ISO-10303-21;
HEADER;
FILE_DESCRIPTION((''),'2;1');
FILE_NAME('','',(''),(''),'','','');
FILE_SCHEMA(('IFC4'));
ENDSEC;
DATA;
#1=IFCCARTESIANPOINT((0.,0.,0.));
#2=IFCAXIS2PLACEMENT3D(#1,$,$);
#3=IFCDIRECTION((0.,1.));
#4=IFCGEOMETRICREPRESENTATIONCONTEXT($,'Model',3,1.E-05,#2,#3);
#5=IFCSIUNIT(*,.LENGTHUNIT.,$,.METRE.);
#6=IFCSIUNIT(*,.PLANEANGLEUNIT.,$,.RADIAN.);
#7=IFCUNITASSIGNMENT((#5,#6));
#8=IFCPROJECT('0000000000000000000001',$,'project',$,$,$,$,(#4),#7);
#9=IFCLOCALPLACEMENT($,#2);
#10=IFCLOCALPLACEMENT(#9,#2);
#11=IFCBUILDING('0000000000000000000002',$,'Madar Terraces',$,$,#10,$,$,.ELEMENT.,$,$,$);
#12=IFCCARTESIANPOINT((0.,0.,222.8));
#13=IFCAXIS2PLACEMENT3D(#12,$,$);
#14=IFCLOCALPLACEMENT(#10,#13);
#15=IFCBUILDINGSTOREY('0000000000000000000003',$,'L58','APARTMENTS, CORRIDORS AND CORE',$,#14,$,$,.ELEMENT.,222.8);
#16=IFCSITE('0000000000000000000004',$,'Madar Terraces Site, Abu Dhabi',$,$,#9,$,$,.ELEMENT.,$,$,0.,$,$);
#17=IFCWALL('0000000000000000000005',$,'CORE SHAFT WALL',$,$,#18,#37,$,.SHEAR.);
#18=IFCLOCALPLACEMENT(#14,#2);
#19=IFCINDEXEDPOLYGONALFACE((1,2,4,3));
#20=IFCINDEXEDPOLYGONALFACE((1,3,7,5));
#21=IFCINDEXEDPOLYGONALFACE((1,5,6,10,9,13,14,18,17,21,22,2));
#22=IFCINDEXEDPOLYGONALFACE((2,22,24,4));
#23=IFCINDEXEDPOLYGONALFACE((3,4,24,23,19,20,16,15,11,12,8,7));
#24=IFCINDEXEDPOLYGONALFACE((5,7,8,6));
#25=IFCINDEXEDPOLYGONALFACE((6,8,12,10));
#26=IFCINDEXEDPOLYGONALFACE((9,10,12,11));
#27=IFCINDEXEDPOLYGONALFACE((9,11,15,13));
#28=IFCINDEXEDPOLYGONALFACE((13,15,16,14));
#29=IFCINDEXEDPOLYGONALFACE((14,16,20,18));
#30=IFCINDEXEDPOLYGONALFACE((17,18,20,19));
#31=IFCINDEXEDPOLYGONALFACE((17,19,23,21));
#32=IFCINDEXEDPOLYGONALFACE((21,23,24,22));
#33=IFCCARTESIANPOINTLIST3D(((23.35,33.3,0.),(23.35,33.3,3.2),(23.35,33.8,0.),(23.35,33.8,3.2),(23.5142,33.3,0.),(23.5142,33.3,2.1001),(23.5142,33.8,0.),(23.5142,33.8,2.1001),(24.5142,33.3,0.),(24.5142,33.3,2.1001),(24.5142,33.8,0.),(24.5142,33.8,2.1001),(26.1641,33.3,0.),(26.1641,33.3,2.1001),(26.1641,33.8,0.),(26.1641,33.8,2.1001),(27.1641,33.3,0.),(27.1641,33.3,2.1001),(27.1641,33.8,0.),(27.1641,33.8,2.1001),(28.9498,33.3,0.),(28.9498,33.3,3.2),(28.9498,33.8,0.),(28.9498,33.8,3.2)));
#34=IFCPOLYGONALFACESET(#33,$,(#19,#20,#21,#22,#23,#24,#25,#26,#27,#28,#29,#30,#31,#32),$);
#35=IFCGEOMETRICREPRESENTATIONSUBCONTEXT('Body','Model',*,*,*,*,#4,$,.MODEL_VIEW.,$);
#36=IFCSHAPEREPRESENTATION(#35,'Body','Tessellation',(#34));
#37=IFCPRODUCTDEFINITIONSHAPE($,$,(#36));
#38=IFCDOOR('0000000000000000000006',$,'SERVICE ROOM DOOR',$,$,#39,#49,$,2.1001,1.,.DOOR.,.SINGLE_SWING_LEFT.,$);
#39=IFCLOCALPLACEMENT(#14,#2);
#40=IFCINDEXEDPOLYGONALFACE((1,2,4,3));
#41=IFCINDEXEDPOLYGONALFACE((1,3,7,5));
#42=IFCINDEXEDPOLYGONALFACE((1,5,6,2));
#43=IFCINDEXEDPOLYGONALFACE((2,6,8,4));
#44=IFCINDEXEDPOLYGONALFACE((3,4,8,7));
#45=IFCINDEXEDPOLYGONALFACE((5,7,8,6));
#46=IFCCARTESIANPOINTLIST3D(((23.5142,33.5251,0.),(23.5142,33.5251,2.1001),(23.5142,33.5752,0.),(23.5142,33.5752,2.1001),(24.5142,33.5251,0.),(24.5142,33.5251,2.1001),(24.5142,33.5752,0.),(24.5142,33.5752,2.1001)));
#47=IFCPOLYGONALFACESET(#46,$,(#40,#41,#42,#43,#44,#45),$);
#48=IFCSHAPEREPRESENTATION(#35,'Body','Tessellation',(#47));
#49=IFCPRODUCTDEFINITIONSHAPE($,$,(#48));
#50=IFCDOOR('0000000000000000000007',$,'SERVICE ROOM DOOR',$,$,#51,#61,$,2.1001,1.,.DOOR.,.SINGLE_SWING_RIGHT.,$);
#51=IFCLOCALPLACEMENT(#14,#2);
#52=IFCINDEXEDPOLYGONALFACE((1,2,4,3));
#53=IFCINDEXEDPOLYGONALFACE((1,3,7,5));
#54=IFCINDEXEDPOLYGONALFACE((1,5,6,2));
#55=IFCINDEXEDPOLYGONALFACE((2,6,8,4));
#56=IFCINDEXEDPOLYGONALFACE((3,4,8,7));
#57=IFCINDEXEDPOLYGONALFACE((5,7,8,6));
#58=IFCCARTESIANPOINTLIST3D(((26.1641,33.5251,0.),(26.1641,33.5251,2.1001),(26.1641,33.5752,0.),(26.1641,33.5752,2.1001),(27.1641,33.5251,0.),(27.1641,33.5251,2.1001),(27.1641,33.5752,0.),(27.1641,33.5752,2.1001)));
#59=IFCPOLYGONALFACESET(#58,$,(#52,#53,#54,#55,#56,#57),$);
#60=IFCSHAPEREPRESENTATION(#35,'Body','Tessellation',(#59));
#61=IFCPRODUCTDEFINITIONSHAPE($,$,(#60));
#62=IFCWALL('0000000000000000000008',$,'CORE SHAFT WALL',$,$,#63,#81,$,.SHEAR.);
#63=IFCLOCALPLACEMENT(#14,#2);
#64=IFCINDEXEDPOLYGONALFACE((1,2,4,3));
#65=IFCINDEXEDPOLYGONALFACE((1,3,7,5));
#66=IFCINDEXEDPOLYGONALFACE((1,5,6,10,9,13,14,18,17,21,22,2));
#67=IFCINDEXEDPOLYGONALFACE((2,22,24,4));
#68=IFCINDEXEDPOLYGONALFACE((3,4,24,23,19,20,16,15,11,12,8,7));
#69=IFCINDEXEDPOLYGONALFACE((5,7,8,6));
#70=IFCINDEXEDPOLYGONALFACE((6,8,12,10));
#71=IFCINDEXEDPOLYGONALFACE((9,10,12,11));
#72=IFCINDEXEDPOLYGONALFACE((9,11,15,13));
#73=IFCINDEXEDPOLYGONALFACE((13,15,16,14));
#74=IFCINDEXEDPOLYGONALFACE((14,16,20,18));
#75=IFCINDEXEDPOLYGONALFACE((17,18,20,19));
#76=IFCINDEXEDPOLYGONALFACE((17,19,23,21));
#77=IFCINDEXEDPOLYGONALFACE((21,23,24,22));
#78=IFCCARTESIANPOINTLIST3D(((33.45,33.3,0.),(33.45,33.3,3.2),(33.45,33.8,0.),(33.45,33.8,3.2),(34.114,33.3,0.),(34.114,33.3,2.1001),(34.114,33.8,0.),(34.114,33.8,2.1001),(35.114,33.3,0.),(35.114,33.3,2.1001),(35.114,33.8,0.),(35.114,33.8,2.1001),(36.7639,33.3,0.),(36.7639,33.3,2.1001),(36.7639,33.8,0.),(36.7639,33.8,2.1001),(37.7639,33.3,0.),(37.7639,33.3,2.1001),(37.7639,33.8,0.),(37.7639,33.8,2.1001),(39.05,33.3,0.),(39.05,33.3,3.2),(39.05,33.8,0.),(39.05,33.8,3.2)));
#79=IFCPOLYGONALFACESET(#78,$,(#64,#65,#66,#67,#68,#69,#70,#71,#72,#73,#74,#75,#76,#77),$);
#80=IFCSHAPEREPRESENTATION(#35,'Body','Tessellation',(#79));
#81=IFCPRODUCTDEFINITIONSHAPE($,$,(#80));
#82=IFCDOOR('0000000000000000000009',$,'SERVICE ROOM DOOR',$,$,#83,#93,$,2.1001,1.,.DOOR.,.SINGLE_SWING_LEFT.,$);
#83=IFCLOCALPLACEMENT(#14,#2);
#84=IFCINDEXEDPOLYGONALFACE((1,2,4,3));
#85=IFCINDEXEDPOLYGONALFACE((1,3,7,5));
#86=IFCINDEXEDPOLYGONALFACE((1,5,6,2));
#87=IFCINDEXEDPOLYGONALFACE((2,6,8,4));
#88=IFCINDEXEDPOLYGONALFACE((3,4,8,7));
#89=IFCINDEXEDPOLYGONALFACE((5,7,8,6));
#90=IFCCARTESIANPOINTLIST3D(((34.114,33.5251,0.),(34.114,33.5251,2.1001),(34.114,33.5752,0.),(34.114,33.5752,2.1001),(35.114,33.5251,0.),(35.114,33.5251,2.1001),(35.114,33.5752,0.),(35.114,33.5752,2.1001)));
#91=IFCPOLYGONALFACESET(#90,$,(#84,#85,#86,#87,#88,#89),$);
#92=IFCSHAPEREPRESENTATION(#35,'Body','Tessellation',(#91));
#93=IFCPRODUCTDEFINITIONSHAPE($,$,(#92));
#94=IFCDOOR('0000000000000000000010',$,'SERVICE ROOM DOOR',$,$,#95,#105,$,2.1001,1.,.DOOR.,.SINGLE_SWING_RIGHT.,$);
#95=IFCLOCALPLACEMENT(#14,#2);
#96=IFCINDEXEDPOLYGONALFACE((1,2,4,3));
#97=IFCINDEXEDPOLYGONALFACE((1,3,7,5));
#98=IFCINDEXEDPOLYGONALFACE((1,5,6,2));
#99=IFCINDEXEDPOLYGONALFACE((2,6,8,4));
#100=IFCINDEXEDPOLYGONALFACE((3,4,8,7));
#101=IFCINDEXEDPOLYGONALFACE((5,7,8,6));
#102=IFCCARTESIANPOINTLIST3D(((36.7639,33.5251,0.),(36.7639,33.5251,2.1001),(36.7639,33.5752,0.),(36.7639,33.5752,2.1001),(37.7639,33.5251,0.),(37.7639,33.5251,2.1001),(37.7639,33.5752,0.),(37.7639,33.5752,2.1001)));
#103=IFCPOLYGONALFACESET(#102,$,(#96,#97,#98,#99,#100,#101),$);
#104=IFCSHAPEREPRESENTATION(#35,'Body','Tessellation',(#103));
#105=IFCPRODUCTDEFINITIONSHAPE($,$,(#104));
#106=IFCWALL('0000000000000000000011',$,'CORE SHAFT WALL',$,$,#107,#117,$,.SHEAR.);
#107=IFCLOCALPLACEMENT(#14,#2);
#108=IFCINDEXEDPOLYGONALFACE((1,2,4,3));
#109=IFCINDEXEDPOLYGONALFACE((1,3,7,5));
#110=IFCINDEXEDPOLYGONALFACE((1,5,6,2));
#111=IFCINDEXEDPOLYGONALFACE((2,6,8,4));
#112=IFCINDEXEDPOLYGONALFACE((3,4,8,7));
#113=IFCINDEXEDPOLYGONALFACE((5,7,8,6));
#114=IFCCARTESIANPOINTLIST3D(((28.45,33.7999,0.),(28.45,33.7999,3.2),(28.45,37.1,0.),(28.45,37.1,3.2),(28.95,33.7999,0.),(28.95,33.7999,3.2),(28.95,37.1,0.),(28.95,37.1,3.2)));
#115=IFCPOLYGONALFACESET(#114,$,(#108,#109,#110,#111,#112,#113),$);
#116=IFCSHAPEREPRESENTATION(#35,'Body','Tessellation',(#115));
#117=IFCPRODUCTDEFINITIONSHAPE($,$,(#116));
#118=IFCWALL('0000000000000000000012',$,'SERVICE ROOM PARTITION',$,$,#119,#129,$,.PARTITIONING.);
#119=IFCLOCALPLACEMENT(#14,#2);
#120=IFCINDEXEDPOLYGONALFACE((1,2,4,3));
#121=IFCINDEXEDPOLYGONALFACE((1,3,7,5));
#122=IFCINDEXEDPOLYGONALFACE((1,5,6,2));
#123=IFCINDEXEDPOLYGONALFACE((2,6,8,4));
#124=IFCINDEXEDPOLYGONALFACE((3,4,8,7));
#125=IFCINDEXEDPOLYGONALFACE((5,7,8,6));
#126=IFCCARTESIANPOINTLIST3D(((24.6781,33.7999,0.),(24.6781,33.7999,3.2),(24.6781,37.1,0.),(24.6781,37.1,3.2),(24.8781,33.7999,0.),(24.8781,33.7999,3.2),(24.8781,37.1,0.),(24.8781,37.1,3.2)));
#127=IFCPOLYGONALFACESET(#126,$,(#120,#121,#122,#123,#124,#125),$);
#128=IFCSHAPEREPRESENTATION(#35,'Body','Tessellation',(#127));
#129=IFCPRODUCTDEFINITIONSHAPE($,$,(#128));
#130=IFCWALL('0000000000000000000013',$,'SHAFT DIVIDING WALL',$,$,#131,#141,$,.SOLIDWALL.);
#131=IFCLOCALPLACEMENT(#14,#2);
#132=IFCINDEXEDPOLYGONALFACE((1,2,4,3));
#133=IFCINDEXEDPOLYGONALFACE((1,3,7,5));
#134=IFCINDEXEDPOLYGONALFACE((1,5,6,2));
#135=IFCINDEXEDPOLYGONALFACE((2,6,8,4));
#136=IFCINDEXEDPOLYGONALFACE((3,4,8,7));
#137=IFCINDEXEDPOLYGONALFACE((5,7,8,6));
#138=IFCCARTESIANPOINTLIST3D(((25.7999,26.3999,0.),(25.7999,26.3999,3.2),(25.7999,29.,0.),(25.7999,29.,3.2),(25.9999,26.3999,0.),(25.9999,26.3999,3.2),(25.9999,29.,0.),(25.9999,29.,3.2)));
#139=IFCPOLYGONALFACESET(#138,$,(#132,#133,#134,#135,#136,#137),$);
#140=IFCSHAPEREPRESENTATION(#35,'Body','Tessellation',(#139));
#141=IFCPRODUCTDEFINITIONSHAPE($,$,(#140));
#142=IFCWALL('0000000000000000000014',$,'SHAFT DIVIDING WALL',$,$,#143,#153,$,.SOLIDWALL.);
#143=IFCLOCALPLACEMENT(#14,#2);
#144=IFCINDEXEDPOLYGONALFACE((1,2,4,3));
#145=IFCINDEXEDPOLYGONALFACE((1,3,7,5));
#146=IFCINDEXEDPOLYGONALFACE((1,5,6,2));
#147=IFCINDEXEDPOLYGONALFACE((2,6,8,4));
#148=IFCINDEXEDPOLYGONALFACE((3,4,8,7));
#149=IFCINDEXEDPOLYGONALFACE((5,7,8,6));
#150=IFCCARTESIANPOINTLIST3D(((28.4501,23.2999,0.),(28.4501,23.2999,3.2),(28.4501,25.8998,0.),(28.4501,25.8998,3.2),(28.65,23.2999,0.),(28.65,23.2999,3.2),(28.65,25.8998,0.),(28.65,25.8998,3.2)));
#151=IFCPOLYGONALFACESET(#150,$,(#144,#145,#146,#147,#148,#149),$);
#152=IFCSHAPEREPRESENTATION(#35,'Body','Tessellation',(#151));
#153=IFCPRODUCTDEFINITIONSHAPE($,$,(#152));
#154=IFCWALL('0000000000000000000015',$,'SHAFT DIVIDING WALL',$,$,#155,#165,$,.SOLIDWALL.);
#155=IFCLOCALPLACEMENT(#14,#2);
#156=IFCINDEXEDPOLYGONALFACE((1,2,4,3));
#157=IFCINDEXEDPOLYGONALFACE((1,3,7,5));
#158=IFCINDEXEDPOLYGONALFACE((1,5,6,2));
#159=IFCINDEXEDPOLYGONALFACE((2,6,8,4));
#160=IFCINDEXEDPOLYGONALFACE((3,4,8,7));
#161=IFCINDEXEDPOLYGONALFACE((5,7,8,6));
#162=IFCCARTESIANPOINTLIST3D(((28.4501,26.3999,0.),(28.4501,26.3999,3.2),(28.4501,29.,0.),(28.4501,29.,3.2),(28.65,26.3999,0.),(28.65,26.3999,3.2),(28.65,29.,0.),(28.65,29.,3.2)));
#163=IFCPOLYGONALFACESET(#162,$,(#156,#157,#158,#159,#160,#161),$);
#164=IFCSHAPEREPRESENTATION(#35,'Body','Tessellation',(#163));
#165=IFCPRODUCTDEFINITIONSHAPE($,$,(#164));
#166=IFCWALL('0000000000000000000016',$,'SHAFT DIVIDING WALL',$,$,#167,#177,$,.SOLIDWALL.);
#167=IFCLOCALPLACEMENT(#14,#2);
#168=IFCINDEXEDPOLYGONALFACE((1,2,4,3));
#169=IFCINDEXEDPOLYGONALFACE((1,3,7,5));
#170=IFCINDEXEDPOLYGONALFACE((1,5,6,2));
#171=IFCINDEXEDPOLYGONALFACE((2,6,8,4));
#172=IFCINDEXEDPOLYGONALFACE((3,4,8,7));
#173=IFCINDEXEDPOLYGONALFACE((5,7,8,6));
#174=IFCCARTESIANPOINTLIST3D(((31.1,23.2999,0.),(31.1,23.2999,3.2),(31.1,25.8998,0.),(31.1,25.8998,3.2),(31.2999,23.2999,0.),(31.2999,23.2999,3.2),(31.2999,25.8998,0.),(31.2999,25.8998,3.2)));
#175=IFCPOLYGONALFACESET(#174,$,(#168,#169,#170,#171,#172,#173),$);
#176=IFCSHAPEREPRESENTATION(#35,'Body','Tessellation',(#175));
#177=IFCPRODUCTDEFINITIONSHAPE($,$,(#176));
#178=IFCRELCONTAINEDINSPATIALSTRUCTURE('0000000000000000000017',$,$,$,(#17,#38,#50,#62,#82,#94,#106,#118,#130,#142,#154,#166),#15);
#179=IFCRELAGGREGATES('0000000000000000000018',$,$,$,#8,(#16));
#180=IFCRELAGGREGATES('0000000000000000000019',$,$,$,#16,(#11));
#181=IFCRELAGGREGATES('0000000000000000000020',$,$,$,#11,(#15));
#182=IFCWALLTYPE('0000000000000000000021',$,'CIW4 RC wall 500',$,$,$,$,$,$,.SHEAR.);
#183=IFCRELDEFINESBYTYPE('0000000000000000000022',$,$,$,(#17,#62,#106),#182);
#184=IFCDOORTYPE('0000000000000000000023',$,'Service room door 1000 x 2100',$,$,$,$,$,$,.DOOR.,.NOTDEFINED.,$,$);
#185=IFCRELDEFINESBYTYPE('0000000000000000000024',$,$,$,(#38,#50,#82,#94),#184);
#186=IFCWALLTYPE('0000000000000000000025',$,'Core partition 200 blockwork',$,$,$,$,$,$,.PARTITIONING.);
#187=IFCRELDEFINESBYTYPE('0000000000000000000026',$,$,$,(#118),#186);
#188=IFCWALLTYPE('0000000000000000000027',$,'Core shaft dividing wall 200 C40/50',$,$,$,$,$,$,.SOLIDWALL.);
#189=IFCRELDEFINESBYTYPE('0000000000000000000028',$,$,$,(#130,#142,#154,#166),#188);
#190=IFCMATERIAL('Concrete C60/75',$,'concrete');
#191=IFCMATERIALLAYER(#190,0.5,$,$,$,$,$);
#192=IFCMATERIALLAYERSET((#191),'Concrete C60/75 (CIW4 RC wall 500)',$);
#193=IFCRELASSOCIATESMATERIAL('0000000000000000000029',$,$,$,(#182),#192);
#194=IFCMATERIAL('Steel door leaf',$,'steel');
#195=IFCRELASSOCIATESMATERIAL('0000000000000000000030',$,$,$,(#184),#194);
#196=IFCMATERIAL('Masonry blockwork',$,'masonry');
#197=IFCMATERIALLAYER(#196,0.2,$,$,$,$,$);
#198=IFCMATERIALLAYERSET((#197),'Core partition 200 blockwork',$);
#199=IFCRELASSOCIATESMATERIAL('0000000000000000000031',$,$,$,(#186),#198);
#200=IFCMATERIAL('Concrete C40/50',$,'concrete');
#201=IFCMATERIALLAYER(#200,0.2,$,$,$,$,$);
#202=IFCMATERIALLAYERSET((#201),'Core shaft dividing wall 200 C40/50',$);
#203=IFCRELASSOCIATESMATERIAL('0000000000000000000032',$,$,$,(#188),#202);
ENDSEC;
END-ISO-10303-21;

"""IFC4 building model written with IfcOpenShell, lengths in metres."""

from ifc_helpers import new_model, si_unit, direction, frame, frame_2d, origin, place, context, subcontext, project, spatial, rectangle, extrude, material, layer, layer_set, type_object, element, fill, save


model = new_model("IFC4")

# Units and contexts
model_context = context("Model", 3, precision=1e-05, world=origin(), true_north=direction((0.0, 1.0)))
body_context = subcontext(model_context, "Body", "Model", "MODEL_VIEW")
ifc_project = project(units=[si_unit("LENGTHUNIT", "METRE"), si_unit("PLANEANGLEUNIT", "RADIAN")], contexts=[model_context])

# Site, building, storey
site_placement = place(None, origin())
site = spatial("IfcSite", under=ifc_project, at=site_placement, Name="Madar Terraces Site, Abu Dhabi", CompositionType="ELEMENT", RefElevation=0.0)
building_placement = place(site_placement, origin())
building = spatial("IfcBuilding", under=site, at=building_placement, Name="Madar Terraces", CompositionType="ELEMENT")
storey_placement = place(building_placement, frame((0.0, 0.0, 222.8)))
storey = spatial("IfcBuildingStorey", under=building, at=storey_placement, Name="L58", Description="APARTMENTS, CORRIDORS AND CORE", CompositionType="ELEMENT", Elevation=222.8)

# Walls, openings, doors
ifc_material_1 = material(Name="Concrete C60/75", Category="concrete")
ifc_layer_1 = layer(ifc_material_1, 0.5)
ifc_layer_set_1 = layer_set([ifc_layer_1], Name="Concrete C60/75 (CIW4 RC wall 500)")
wall_type_1 = type_object("IfcWallType", Name="CIW4 RC wall 500", PredefinedType="SHEAR", material=ifc_layer_set_1)
wall_1_placement = place(storey_placement, frame((23.3501, 33.55, 0.0), z_axis=(0.0, 0.0, 1.0), x_axis=(1.0, 0.0, 0.0)))
wall_1 = element("IfcWall", 1, at=wall_1_placement, inside=storey, type_object=wall_type_1, Name="CORE SHAFT WALL", PredefinedType="SHEAR", context=body_context, shape_type="SweptSolid", body=[
    extrude(rectangle(XDim=5.5999, YDim=0.5, at=frame_2d((2.7998, 0.0))), origin(), (0.0, 0.0, 1.0), 3.2),
])
opening_1_placement = place(wall_1_placement, frame((0.1641, 0.0, 0.0)))
opening_1 = element("IfcOpeningElement", 2, at=opening_1_placement, cuts=wall_1, PredefinedType="OPENING", context=body_context, shape_type="SweptSolid", body=[
    extrude(rectangle(XDim=1.0, YDim=2.1001, at=frame_2d((0.5, 1.05))), frame((0.0, 0.26, 0.0), z_axis=(0.0, -1.0, 0.0), x_axis=(1.0, 0.0, 0.0)), (0.0, 0.0, 1.0), 0.52),
])
opening_2_placement = place(wall_1_placement, frame((2.814, 0.0, 0.0)))
opening_2 = element("IfcOpeningElement", 3, at=opening_2_placement, cuts=wall_1, PredefinedType="OPENING", context=body_context, shape_type="SweptSolid", body=[
    extrude(rectangle(XDim=1.0, YDim=2.1001, at=frame_2d((0.5, 1.05))), frame((0.0, 0.26, 0.0), z_axis=(0.0, -1.0, 0.0), x_axis=(1.0, 0.0, 0.0)), (0.0, 0.0, 1.0), 0.52),
])
ifc_material_2 = material(Name="Steel door leaf", Category="steel")
door_type = type_object("IfcDoorType", Name="Service room door 1000 x 2100", OperationType="NOTDEFINED", PredefinedType="DOOR", material=ifc_material_2)
door_1_placement = place(opening_1_placement, frame((1.0, 0.0, 0.0), z_axis=(0.0, 0.0, 1.0), x_axis=(-1.0, 0.0, 0.0)))
door_1 = element("IfcDoor", 4, at=door_1_placement, inside=storey, type_object=door_type, Name="SERVICE ROOM DOOR", OperationType="SINGLE_SWING_LEFT", OverallHeight=2.1001, OverallWidth=1.0, PredefinedType="DOOR", context=body_context, shape_type="SweptSolid", body=[
    extrude(rectangle(XDim=1.0, YDim=2.1001, at=frame_2d((0.5, 1.05))), frame((0.0, 0.0249, 0.0), z_axis=(0.0, -1.0, 0.0), x_axis=(1.0, 0.0, 0.0)), (0.0, 0.0, 1.0), 0.05),
])
fill(opening_1, door_1)
door_2_placement = place(opening_2_placement, frame((1.0, 0.0, 0.0), z_axis=(0.0, 0.0, 1.0), x_axis=(-1.0, 0.0, 0.0)))
door_2 = element("IfcDoor", 5, at=door_2_placement, inside=storey, type_object=door_type, Name="SERVICE ROOM DOOR", OperationType="SINGLE_SWING_RIGHT", OverallHeight=2.1001, OverallWidth=1.0, PredefinedType="DOOR", context=body_context, shape_type="SweptSolid", body=[
    extrude(rectangle(XDim=1.0, YDim=2.1001, at=frame_2d((0.5, 1.05))), frame((0.0, 0.0249, 0.0), z_axis=(0.0, -1.0, 0.0), x_axis=(1.0, 0.0, 0.0)), (0.0, 0.0, 1.0), 0.05),
])
fill(opening_2, door_2)
wall_2_placement = place(storey_placement, frame((33.45, 33.55, 0.0), z_axis=(0.0, 0.0, 1.0), x_axis=(1.0, 0.0, 0.0)))
wall_2 = element("IfcWall", 6, at=wall_2_placement, inside=storey, type_object=wall_type_1, Name="CORE SHAFT WALL", PredefinedType="SHEAR", context=body_context, shape_type="SweptSolid", body=[
    extrude(rectangle(XDim=5.6001, YDim=0.5, at=frame_2d((2.8, 0.0))), origin(), (0.0, 0.0, 1.0), 3.2),
])
opening_3_placement = place(wall_2_placement, frame((0.6641, 0.0, 0.0)))
opening_3 = element("IfcOpeningElement", 7, at=opening_3_placement, cuts=wall_2, PredefinedType="OPENING", context=body_context, shape_type="SweptSolid", body=[
    extrude(rectangle(XDim=1.0, YDim=2.1001, at=frame_2d((0.5, 1.05))), frame((0.0, 0.26, 0.0), z_axis=(0.0, -1.0, 0.0), x_axis=(1.0, 0.0, 0.0)), (0.0, 0.0, 1.0), 0.52),
])
opening_4_placement = place(wall_2_placement, frame((3.314, 0.0, 0.0)))
opening_4 = element("IfcOpeningElement", 8, at=opening_4_placement, cuts=wall_2, PredefinedType="OPENING", context=body_context, shape_type="SweptSolid", body=[
    extrude(rectangle(XDim=1.0, YDim=2.1001, at=frame_2d((0.5, 1.05))), frame((0.0, 0.26, 0.0), z_axis=(0.0, -1.0, 0.0), x_axis=(1.0, 0.0, 0.0)), (0.0, 0.0, 1.0), 0.52),
])
door_3_placement = place(opening_3_placement, frame((1.0, 0.0, 0.0), z_axis=(0.0, 0.0, 1.0), x_axis=(-1.0, 0.0, 0.0)))
door_3 = element("IfcDoor", 9, at=door_3_placement, inside=storey, type_object=door_type, Name="SERVICE ROOM DOOR", OperationType="SINGLE_SWING_LEFT", OverallHeight=2.1001, OverallWidth=1.0, PredefinedType="DOOR", context=body_context, shape_type="SweptSolid", body=[
    extrude(rectangle(XDim=1.0, YDim=2.1001, at=frame_2d((0.5, 1.05))), frame((0.0, 0.0249, 0.0), z_axis=(0.0, -1.0, 0.0), x_axis=(1.0, 0.0, 0.0)), (0.0, 0.0, 1.0), 0.05),
])
fill(opening_3, door_3)
door_4_placement = place(opening_4_placement, frame((1.0, 0.0, 0.0), z_axis=(0.0, 0.0, 1.0), x_axis=(-1.0, 0.0, 0.0)))
door_4 = element("IfcDoor", 10, at=door_4_placement, inside=storey, type_object=door_type, Name="SERVICE ROOM DOOR", OperationType="SINGLE_SWING_RIGHT", OverallHeight=2.1001, OverallWidth=1.0, PredefinedType="DOOR", context=body_context, shape_type="SweptSolid", body=[
    extrude(rectangle(XDim=1.0, YDim=2.1001, at=frame_2d((0.5, 1.05))), frame((0.0, 0.0249, 0.0), z_axis=(0.0, -1.0, 0.0), x_axis=(1.0, 0.0, 0.0)), (0.0, 0.0, 1.0), 0.05),
])
fill(opening_4, door_4)

# Walls
wall_3_placement = place(storey_placement, frame((28.7, 33.8, 0.0), z_axis=(0.0, 0.0, 1.0), x_axis=(0.0, 1.0, 0.0)))
element("IfcWall", 11, at=wall_3_placement, inside=storey, type_object=wall_type_1, Name="CORE SHAFT WALL", PredefinedType="SHEAR", context=body_context, shape_type="SweptSolid", body=[
    extrude(rectangle(XDim=3.3, YDim=0.5, at=frame_2d((1.6499, 0.0))), origin(), (0.0, 0.0, 1.0), 3.2),
])
ifc_material_3 = material(Name="Masonry blockwork", Category="masonry")
ifc_layer_2 = layer(ifc_material_3, 0.2)
ifc_layer_set_2 = layer_set([ifc_layer_2], Name="Core partition 200 blockwork")
wall_type_2 = type_object("IfcWallType", Name="Core partition 200 blockwork", PredefinedType="PARTITIONING", material=ifc_layer_set_2)
wall_4_placement = place(storey_placement, frame((24.7781, 33.8, 0.0), z_axis=(0.0, 0.0, 1.0), x_axis=(0.0, 1.0, 0.0)))
element("IfcWall", 12, at=wall_4_placement, inside=storey, type_object=wall_type_2, Name="SERVICE ROOM PARTITION", PredefinedType="PARTITIONING", context=body_context, shape_type="SweptSolid", body=[
    extrude(rectangle(XDim=3.3, YDim=0.2, at=frame_2d((1.6499, 0.0))), origin(), (0.0, 0.0, 1.0), 3.2),
])
ifc_material_4 = material(Name="Concrete C40/50", Category="concrete")
ifc_layer_3 = layer(ifc_material_4, 0.2)
ifc_layer_set_3 = layer_set([ifc_layer_3], Name="Core shaft dividing wall 200 C40/50")
wall_type_3 = type_object("IfcWallType", Name="Core shaft dividing wall 200 C40/50", PredefinedType="SOLIDWALL", material=ifc_layer_set_3)
wall_5_placement = place(storey_placement, frame((25.8999, 26.3999, 0.0), z_axis=(0.0, 0.0, 1.0), x_axis=(0.0, 1.0, 0.0)))
element("IfcWall", 13, at=wall_5_placement, inside=storey, type_object=wall_type_3, Name="SHAFT DIVIDING WALL", PredefinedType="SOLIDWALL", context=body_context, shape_type="SweptSolid", body=[
    extrude(rectangle(XDim=2.6001, YDim=0.2, at=frame_2d((1.3, 0.0))), origin(), (0.0, 0.0, 1.0), 3.2),
])
wall_6_placement = place(storey_placement, frame((28.55, 23.3, 0.0), z_axis=(0.0, 0.0, 1.0), x_axis=(0.0, 1.0, 0.0)))
element("IfcWall", 14, at=wall_6_placement, inside=storey, type_object=wall_type_3, Name="SHAFT DIVIDING WALL", PredefinedType="SOLIDWALL", context=body_context, shape_type="SweptSolid", body=[
    extrude(rectangle(XDim=2.5999, YDim=0.2, at=frame_2d((1.2998, 0.0))), origin(), (0.0, 0.0, 1.0), 3.2),
])
wall_7_placement = place(storey_placement, frame((28.55, 26.3999, 0.0), z_axis=(0.0, 0.0, 1.0), x_axis=(0.0, 1.0, 0.0)))
element("IfcWall", 15, at=wall_7_placement, inside=storey, type_object=wall_type_3, Name="SHAFT DIVIDING WALL", PredefinedType="SOLIDWALL", context=body_context, shape_type="SweptSolid", body=[
    extrude(rectangle(XDim=2.6001, YDim=0.2, at=frame_2d((1.3, 0.0))), origin(), (0.0, 0.0, 1.0), 3.2),
])
wall_8_placement = place(storey_placement, frame((31.2, 23.3, 0.0), z_axis=(0.0, 0.0, 1.0), x_axis=(0.0, 1.0, 0.0)))
element("IfcWall", 16, at=wall_8_placement, inside=storey, type_object=wall_type_3, Name="SHAFT DIVIDING WALL", PredefinedType="SOLIDWALL", context=body_context, shape_type="SweptSolid", body=[
    extrude(rectangle(XDim=2.5999, YDim=0.2, at=frame_2d((1.2998, 0.0))), origin(), (0.0, 0.0, 1.0), 3.2),
])

save(model, "model.ifc")
